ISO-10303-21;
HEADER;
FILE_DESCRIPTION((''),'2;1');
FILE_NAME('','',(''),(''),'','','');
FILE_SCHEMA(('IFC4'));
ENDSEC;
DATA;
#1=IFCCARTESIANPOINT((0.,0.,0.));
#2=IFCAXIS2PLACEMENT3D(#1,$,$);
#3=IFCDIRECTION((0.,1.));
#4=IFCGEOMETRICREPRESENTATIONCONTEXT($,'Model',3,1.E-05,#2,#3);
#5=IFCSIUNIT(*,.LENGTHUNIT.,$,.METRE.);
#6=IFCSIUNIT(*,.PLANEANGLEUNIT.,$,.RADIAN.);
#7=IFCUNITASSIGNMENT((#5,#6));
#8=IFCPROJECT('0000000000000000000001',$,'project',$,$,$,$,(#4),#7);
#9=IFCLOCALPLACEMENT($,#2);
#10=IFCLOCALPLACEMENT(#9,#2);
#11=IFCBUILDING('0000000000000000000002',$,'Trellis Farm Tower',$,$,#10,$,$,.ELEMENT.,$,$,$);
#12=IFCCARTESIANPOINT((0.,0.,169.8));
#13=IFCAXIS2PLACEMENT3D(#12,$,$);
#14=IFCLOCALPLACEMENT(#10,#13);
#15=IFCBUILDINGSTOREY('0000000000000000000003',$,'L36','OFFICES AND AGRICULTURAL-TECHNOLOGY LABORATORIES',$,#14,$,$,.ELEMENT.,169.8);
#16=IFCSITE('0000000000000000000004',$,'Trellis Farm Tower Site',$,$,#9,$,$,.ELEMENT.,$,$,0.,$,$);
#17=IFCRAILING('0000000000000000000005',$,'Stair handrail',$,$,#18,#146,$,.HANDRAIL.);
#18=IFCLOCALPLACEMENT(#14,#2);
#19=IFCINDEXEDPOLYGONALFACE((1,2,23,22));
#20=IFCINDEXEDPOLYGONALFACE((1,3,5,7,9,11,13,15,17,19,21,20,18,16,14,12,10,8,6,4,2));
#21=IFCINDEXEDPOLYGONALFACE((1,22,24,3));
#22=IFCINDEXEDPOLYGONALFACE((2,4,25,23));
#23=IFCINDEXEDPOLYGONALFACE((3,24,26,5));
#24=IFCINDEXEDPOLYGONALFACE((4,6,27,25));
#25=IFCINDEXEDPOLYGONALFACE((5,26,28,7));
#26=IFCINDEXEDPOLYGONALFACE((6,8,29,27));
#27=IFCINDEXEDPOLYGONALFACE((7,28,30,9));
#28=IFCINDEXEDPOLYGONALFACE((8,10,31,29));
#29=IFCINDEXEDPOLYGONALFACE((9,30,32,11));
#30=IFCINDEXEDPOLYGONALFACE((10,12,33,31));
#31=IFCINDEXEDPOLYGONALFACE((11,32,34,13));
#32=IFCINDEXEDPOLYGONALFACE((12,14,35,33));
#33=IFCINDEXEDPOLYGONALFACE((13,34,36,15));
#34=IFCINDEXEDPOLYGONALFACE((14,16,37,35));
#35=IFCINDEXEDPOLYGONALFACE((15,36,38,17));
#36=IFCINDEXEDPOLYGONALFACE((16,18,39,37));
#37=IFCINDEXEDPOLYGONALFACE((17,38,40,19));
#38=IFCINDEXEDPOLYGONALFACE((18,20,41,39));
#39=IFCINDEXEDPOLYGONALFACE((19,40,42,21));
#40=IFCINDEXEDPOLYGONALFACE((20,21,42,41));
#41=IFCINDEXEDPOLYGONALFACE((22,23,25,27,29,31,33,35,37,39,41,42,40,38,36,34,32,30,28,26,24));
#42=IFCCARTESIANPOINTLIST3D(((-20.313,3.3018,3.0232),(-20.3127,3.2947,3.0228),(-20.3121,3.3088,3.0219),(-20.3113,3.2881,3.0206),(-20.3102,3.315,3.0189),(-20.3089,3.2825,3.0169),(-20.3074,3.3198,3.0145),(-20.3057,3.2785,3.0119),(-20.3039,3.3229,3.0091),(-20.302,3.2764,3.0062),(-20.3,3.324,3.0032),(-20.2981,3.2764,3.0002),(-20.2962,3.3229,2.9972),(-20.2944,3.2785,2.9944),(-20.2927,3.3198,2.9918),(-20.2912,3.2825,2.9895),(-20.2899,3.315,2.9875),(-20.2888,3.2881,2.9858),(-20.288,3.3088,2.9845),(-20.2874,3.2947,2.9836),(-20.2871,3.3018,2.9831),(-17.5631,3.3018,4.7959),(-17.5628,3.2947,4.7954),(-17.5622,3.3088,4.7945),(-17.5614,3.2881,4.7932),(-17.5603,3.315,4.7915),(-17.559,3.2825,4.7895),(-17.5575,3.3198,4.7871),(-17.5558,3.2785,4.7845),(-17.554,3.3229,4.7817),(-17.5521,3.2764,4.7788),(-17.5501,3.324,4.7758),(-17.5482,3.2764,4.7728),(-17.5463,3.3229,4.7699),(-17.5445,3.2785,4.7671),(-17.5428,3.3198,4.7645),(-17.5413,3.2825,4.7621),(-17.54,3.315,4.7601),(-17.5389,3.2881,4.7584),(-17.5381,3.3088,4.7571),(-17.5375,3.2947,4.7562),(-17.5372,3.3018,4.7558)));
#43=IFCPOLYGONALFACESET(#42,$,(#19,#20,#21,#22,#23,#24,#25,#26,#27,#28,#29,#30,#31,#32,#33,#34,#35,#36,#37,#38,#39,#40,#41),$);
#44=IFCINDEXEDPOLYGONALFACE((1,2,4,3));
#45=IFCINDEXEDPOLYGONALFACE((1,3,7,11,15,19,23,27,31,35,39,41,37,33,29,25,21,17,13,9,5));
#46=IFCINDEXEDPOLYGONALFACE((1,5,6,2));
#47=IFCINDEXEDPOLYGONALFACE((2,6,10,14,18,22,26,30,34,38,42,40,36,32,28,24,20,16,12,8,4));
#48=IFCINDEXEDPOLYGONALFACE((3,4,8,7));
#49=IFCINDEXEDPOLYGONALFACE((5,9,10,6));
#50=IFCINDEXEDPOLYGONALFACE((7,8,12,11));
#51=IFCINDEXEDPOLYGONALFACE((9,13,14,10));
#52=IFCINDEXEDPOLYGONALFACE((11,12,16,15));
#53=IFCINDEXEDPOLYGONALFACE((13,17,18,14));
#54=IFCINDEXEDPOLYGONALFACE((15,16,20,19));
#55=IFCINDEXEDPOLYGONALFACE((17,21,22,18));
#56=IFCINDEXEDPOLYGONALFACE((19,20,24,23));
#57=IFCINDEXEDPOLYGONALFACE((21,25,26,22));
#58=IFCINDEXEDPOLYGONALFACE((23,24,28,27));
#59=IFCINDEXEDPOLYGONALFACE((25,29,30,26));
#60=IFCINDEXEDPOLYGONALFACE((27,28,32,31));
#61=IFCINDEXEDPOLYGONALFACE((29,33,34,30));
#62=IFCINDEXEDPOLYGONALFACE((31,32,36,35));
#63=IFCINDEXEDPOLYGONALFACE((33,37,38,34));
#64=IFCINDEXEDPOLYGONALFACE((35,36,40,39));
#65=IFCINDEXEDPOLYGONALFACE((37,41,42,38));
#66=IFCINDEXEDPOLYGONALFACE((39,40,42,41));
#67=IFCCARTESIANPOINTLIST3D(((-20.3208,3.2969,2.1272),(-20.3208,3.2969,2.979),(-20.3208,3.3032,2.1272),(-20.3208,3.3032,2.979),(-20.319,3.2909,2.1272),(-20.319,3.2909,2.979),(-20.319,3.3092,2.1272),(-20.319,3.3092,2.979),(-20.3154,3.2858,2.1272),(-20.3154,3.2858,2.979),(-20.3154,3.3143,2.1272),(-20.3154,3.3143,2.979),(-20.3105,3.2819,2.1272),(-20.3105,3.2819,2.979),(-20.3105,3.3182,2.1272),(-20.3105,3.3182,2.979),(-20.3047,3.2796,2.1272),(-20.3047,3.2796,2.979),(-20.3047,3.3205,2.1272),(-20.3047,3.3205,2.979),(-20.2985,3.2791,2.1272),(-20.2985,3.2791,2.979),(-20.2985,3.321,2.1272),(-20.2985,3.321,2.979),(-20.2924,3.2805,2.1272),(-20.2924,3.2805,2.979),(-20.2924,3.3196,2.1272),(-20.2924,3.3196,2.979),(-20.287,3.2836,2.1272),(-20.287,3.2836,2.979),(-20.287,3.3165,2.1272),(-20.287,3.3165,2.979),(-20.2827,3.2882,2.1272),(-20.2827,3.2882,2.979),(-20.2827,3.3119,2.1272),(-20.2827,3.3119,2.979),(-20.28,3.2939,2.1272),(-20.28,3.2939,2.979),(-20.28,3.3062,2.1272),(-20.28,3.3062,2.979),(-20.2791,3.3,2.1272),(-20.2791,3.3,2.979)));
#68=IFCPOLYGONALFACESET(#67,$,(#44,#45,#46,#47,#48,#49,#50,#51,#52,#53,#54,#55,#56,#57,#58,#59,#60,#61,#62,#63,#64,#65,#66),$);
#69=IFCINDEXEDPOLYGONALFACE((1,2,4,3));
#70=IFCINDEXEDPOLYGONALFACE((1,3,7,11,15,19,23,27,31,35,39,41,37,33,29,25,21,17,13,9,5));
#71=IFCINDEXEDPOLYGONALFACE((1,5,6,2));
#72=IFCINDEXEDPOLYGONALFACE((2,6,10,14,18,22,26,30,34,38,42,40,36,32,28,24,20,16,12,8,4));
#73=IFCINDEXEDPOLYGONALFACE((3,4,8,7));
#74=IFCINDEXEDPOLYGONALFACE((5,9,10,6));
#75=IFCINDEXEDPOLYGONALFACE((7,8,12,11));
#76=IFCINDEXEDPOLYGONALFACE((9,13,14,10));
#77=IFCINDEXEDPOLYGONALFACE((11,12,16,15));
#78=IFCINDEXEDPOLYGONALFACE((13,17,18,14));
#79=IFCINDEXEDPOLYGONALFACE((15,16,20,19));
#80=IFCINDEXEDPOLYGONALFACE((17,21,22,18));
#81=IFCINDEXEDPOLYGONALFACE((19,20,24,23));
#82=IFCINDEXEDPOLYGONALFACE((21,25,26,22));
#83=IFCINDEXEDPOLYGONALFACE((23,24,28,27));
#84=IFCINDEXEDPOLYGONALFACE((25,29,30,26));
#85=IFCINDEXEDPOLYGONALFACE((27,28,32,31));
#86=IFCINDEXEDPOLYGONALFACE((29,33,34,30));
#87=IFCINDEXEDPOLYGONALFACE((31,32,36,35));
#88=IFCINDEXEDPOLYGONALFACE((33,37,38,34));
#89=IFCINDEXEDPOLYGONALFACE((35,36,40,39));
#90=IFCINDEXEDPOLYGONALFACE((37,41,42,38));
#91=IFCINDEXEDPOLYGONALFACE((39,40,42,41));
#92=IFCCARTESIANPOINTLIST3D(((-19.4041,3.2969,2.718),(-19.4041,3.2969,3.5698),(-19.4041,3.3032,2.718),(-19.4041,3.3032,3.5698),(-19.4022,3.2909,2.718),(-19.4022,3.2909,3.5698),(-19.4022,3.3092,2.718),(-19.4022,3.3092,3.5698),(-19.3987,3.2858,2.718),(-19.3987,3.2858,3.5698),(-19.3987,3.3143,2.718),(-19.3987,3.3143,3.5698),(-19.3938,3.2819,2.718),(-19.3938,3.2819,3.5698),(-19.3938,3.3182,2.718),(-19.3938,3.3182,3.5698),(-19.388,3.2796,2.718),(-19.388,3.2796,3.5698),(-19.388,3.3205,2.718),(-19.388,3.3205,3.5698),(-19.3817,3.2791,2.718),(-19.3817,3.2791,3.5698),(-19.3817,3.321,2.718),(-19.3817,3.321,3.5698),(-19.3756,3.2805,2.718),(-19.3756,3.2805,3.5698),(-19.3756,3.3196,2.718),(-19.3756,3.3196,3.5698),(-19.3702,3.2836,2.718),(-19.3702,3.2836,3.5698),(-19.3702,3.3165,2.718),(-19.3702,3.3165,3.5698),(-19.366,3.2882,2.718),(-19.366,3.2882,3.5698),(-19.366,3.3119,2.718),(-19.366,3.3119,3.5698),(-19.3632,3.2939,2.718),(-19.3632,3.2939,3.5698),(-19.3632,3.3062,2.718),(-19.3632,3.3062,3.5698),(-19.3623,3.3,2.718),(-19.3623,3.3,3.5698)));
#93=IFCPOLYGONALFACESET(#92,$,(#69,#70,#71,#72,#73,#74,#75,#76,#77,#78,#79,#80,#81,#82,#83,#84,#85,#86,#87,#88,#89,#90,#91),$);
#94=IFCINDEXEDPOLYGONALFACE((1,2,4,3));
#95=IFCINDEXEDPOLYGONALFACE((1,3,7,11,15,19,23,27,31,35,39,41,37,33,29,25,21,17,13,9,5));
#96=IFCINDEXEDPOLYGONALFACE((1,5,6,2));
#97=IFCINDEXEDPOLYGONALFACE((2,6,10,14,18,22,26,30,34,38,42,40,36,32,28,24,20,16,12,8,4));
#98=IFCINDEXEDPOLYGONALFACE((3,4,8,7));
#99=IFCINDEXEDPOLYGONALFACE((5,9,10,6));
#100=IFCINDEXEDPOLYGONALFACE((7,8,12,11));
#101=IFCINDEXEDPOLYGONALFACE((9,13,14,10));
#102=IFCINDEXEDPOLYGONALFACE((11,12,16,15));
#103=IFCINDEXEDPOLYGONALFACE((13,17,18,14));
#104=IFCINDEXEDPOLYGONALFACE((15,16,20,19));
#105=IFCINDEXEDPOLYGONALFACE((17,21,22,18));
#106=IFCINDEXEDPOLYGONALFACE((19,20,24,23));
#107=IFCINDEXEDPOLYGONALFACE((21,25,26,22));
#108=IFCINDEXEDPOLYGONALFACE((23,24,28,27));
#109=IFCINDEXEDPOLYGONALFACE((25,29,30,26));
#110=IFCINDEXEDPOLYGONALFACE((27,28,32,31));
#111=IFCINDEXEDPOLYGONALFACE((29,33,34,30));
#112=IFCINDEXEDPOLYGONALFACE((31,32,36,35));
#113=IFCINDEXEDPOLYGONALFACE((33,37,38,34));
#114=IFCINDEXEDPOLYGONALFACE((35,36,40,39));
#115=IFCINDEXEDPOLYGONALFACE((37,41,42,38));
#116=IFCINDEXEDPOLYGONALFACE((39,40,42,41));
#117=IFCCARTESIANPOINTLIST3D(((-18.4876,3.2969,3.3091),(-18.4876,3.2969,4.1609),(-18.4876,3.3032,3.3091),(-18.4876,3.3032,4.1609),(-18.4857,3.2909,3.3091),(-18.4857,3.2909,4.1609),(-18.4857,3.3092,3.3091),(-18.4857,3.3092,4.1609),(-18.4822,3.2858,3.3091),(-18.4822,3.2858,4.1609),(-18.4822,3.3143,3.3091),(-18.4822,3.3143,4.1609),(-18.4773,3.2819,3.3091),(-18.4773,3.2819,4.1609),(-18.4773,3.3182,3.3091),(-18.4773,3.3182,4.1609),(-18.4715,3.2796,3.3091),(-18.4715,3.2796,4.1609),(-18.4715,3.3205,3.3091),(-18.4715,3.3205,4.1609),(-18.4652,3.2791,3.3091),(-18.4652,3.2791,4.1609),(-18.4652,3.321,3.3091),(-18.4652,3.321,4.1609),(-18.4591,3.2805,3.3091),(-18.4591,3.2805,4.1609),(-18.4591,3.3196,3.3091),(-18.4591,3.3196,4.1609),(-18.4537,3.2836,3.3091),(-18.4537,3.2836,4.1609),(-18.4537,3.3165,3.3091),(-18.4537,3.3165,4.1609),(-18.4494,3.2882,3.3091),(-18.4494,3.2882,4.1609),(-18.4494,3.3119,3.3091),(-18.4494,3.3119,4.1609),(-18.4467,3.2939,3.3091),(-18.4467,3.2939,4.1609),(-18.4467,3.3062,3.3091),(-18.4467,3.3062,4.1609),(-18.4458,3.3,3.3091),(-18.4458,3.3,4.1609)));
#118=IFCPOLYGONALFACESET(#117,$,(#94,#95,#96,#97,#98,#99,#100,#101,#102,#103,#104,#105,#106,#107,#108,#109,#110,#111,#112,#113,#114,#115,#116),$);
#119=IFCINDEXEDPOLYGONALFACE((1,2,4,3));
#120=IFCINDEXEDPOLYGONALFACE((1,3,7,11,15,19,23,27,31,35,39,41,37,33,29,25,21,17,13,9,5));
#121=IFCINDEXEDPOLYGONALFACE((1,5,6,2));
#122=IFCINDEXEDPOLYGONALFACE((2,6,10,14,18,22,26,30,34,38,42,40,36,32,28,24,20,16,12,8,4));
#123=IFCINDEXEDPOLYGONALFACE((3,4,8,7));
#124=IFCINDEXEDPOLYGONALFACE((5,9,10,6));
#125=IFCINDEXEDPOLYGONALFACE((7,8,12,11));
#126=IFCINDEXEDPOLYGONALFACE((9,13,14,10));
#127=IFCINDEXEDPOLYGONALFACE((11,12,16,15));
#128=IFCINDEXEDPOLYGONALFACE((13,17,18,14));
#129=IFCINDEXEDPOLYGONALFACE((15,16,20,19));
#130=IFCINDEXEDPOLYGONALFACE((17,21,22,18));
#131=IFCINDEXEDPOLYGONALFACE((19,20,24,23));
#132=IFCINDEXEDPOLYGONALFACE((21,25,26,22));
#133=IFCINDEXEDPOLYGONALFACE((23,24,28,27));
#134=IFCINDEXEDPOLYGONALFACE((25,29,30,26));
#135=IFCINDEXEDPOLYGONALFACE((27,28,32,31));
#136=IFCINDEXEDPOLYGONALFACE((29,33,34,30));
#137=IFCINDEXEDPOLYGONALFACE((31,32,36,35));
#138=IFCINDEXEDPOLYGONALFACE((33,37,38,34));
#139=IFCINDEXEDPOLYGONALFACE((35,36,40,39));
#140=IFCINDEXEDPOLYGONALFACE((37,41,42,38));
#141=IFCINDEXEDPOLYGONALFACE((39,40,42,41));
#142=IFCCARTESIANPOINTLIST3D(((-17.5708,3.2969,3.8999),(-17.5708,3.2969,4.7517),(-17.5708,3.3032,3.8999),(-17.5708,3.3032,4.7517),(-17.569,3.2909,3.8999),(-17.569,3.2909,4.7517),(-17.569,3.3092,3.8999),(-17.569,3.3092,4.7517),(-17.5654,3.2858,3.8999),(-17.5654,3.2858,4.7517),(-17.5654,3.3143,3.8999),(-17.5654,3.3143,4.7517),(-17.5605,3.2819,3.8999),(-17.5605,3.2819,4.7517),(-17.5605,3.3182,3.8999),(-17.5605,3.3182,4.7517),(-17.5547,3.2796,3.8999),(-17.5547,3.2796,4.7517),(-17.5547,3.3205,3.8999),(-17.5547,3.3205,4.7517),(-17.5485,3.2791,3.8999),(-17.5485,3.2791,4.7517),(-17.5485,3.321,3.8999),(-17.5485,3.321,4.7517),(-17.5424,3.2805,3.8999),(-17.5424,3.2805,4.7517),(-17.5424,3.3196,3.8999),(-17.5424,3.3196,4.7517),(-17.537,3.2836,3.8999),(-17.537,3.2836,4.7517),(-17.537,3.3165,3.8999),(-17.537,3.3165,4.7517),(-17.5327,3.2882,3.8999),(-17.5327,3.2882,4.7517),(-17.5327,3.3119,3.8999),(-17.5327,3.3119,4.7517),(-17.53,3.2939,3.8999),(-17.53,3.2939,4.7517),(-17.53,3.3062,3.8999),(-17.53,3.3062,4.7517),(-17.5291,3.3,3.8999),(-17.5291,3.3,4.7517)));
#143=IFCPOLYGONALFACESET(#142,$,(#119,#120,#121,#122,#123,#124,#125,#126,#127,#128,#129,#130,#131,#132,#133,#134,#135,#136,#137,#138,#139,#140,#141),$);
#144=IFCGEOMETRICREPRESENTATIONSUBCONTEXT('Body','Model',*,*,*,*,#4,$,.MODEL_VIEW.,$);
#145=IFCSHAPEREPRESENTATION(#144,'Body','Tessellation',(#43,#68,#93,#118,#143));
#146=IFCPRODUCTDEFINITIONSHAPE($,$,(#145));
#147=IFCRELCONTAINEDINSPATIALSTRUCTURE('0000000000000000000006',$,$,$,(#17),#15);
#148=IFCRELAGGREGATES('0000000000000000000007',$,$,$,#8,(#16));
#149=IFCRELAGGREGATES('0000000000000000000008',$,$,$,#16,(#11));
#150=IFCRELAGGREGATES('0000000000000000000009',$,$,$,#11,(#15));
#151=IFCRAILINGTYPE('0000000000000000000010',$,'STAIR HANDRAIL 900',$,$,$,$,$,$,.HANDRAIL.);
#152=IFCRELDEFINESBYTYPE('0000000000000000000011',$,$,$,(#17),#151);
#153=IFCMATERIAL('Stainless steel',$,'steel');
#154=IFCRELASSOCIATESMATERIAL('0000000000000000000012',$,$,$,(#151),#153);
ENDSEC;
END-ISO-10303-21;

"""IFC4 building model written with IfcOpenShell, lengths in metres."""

from ifc_helpers import new_model, si_unit, direction, frame, origin, origin_2d, place, context, subcontext, project, spatial, circle, extrude, source, transform, mapped, material, type_object, element, save


model = new_model("IFC4")

# Units and contexts
model_context = context("Model", 3, precision=1e-05, world=origin(), true_north=direction((0.0, 1.0)))
body_context = subcontext(model_context, "Body", "Model", "MODEL_VIEW")
ifc_project = project(units=[si_unit("LENGTHUNIT", "METRE"), si_unit("PLANEANGLEUNIT", "RADIAN")], contexts=[model_context])

# Site, building, storey
site_placement = place(None, origin())
site = spatial("IfcSite", under=ifc_project, at=site_placement, Name="Trellis Farm Tower Site", CompositionType="ELEMENT", RefElevation=0.0)
building_placement = place(site_placement, origin())
building = spatial("IfcBuilding", under=site, at=building_placement, Name="Trellis Farm Tower", CompositionType="ELEMENT")
storey_placement = place(building_placement, frame((0.0, 0.0, 169.8)))
storey = spatial("IfcBuildingStorey", under=building, at=storey_placement, Name="L36", Description="OFFICES AND AGRICULTURAL-TECHNOLOGY LABORATORIES", CompositionType="ELEMENT", Elevation=169.8)

# Railing
ifc_material_1 = material(Name="Stainless steel", Category="steel")
railing_type = type_object("IfcRailingType", Name="STAIR HANDRAIL 900", PredefinedType="HANDRAIL", material=ifc_material_1)
shared_shape_1 = source(origin(), body_context, "Body", "SweptSolid", [
    extrude(circle(Radius=0.0239, at=origin_2d()), frame((0.0, 0.0, 0.876), z_axis=(0.840504, 0.0, 0.541806), x_axis=(0.0, 1.0, 0.0)), (0.0, 0.0, 1.0), 3.2717),
    extrude(circle(Radius=0.021, at=origin_2d()), origin(), (0.0, 0.0, 1.0), 0.8518),
    extrude(circle(Radius=0.021, at=origin_2d()), frame((0.9167, 0.0, 0.5908)), (0.0, 0.0, 1.0), 0.8518),
    extrude(circle(Radius=0.021, at=origin_2d()), frame((1.8333, 0.0, 1.1819)), (0.0, 0.0, 1.0), 0.8518),
    extrude(circle(Radius=0.021, at=origin_2d()), frame((2.75, 0.0, 1.7727)), (0.0, 0.0, 1.0), 0.8518),
])
for number, where, name in (
    (1, (-20.3, 3.3, 2.1272), "Stair handrail"),
):
    element("IfcRailing", number, at=place(storey_placement, frame(where)), inside=storey, type_object=railing_type, Name=name, PredefinedType="HANDRAIL", context=body_context, shape_type="MappedRepresentation", body=[
        mapped(shared_shape_1, transform((0.0, 0.0, 0.0))),
    ])

save(model, "model.ifc")
